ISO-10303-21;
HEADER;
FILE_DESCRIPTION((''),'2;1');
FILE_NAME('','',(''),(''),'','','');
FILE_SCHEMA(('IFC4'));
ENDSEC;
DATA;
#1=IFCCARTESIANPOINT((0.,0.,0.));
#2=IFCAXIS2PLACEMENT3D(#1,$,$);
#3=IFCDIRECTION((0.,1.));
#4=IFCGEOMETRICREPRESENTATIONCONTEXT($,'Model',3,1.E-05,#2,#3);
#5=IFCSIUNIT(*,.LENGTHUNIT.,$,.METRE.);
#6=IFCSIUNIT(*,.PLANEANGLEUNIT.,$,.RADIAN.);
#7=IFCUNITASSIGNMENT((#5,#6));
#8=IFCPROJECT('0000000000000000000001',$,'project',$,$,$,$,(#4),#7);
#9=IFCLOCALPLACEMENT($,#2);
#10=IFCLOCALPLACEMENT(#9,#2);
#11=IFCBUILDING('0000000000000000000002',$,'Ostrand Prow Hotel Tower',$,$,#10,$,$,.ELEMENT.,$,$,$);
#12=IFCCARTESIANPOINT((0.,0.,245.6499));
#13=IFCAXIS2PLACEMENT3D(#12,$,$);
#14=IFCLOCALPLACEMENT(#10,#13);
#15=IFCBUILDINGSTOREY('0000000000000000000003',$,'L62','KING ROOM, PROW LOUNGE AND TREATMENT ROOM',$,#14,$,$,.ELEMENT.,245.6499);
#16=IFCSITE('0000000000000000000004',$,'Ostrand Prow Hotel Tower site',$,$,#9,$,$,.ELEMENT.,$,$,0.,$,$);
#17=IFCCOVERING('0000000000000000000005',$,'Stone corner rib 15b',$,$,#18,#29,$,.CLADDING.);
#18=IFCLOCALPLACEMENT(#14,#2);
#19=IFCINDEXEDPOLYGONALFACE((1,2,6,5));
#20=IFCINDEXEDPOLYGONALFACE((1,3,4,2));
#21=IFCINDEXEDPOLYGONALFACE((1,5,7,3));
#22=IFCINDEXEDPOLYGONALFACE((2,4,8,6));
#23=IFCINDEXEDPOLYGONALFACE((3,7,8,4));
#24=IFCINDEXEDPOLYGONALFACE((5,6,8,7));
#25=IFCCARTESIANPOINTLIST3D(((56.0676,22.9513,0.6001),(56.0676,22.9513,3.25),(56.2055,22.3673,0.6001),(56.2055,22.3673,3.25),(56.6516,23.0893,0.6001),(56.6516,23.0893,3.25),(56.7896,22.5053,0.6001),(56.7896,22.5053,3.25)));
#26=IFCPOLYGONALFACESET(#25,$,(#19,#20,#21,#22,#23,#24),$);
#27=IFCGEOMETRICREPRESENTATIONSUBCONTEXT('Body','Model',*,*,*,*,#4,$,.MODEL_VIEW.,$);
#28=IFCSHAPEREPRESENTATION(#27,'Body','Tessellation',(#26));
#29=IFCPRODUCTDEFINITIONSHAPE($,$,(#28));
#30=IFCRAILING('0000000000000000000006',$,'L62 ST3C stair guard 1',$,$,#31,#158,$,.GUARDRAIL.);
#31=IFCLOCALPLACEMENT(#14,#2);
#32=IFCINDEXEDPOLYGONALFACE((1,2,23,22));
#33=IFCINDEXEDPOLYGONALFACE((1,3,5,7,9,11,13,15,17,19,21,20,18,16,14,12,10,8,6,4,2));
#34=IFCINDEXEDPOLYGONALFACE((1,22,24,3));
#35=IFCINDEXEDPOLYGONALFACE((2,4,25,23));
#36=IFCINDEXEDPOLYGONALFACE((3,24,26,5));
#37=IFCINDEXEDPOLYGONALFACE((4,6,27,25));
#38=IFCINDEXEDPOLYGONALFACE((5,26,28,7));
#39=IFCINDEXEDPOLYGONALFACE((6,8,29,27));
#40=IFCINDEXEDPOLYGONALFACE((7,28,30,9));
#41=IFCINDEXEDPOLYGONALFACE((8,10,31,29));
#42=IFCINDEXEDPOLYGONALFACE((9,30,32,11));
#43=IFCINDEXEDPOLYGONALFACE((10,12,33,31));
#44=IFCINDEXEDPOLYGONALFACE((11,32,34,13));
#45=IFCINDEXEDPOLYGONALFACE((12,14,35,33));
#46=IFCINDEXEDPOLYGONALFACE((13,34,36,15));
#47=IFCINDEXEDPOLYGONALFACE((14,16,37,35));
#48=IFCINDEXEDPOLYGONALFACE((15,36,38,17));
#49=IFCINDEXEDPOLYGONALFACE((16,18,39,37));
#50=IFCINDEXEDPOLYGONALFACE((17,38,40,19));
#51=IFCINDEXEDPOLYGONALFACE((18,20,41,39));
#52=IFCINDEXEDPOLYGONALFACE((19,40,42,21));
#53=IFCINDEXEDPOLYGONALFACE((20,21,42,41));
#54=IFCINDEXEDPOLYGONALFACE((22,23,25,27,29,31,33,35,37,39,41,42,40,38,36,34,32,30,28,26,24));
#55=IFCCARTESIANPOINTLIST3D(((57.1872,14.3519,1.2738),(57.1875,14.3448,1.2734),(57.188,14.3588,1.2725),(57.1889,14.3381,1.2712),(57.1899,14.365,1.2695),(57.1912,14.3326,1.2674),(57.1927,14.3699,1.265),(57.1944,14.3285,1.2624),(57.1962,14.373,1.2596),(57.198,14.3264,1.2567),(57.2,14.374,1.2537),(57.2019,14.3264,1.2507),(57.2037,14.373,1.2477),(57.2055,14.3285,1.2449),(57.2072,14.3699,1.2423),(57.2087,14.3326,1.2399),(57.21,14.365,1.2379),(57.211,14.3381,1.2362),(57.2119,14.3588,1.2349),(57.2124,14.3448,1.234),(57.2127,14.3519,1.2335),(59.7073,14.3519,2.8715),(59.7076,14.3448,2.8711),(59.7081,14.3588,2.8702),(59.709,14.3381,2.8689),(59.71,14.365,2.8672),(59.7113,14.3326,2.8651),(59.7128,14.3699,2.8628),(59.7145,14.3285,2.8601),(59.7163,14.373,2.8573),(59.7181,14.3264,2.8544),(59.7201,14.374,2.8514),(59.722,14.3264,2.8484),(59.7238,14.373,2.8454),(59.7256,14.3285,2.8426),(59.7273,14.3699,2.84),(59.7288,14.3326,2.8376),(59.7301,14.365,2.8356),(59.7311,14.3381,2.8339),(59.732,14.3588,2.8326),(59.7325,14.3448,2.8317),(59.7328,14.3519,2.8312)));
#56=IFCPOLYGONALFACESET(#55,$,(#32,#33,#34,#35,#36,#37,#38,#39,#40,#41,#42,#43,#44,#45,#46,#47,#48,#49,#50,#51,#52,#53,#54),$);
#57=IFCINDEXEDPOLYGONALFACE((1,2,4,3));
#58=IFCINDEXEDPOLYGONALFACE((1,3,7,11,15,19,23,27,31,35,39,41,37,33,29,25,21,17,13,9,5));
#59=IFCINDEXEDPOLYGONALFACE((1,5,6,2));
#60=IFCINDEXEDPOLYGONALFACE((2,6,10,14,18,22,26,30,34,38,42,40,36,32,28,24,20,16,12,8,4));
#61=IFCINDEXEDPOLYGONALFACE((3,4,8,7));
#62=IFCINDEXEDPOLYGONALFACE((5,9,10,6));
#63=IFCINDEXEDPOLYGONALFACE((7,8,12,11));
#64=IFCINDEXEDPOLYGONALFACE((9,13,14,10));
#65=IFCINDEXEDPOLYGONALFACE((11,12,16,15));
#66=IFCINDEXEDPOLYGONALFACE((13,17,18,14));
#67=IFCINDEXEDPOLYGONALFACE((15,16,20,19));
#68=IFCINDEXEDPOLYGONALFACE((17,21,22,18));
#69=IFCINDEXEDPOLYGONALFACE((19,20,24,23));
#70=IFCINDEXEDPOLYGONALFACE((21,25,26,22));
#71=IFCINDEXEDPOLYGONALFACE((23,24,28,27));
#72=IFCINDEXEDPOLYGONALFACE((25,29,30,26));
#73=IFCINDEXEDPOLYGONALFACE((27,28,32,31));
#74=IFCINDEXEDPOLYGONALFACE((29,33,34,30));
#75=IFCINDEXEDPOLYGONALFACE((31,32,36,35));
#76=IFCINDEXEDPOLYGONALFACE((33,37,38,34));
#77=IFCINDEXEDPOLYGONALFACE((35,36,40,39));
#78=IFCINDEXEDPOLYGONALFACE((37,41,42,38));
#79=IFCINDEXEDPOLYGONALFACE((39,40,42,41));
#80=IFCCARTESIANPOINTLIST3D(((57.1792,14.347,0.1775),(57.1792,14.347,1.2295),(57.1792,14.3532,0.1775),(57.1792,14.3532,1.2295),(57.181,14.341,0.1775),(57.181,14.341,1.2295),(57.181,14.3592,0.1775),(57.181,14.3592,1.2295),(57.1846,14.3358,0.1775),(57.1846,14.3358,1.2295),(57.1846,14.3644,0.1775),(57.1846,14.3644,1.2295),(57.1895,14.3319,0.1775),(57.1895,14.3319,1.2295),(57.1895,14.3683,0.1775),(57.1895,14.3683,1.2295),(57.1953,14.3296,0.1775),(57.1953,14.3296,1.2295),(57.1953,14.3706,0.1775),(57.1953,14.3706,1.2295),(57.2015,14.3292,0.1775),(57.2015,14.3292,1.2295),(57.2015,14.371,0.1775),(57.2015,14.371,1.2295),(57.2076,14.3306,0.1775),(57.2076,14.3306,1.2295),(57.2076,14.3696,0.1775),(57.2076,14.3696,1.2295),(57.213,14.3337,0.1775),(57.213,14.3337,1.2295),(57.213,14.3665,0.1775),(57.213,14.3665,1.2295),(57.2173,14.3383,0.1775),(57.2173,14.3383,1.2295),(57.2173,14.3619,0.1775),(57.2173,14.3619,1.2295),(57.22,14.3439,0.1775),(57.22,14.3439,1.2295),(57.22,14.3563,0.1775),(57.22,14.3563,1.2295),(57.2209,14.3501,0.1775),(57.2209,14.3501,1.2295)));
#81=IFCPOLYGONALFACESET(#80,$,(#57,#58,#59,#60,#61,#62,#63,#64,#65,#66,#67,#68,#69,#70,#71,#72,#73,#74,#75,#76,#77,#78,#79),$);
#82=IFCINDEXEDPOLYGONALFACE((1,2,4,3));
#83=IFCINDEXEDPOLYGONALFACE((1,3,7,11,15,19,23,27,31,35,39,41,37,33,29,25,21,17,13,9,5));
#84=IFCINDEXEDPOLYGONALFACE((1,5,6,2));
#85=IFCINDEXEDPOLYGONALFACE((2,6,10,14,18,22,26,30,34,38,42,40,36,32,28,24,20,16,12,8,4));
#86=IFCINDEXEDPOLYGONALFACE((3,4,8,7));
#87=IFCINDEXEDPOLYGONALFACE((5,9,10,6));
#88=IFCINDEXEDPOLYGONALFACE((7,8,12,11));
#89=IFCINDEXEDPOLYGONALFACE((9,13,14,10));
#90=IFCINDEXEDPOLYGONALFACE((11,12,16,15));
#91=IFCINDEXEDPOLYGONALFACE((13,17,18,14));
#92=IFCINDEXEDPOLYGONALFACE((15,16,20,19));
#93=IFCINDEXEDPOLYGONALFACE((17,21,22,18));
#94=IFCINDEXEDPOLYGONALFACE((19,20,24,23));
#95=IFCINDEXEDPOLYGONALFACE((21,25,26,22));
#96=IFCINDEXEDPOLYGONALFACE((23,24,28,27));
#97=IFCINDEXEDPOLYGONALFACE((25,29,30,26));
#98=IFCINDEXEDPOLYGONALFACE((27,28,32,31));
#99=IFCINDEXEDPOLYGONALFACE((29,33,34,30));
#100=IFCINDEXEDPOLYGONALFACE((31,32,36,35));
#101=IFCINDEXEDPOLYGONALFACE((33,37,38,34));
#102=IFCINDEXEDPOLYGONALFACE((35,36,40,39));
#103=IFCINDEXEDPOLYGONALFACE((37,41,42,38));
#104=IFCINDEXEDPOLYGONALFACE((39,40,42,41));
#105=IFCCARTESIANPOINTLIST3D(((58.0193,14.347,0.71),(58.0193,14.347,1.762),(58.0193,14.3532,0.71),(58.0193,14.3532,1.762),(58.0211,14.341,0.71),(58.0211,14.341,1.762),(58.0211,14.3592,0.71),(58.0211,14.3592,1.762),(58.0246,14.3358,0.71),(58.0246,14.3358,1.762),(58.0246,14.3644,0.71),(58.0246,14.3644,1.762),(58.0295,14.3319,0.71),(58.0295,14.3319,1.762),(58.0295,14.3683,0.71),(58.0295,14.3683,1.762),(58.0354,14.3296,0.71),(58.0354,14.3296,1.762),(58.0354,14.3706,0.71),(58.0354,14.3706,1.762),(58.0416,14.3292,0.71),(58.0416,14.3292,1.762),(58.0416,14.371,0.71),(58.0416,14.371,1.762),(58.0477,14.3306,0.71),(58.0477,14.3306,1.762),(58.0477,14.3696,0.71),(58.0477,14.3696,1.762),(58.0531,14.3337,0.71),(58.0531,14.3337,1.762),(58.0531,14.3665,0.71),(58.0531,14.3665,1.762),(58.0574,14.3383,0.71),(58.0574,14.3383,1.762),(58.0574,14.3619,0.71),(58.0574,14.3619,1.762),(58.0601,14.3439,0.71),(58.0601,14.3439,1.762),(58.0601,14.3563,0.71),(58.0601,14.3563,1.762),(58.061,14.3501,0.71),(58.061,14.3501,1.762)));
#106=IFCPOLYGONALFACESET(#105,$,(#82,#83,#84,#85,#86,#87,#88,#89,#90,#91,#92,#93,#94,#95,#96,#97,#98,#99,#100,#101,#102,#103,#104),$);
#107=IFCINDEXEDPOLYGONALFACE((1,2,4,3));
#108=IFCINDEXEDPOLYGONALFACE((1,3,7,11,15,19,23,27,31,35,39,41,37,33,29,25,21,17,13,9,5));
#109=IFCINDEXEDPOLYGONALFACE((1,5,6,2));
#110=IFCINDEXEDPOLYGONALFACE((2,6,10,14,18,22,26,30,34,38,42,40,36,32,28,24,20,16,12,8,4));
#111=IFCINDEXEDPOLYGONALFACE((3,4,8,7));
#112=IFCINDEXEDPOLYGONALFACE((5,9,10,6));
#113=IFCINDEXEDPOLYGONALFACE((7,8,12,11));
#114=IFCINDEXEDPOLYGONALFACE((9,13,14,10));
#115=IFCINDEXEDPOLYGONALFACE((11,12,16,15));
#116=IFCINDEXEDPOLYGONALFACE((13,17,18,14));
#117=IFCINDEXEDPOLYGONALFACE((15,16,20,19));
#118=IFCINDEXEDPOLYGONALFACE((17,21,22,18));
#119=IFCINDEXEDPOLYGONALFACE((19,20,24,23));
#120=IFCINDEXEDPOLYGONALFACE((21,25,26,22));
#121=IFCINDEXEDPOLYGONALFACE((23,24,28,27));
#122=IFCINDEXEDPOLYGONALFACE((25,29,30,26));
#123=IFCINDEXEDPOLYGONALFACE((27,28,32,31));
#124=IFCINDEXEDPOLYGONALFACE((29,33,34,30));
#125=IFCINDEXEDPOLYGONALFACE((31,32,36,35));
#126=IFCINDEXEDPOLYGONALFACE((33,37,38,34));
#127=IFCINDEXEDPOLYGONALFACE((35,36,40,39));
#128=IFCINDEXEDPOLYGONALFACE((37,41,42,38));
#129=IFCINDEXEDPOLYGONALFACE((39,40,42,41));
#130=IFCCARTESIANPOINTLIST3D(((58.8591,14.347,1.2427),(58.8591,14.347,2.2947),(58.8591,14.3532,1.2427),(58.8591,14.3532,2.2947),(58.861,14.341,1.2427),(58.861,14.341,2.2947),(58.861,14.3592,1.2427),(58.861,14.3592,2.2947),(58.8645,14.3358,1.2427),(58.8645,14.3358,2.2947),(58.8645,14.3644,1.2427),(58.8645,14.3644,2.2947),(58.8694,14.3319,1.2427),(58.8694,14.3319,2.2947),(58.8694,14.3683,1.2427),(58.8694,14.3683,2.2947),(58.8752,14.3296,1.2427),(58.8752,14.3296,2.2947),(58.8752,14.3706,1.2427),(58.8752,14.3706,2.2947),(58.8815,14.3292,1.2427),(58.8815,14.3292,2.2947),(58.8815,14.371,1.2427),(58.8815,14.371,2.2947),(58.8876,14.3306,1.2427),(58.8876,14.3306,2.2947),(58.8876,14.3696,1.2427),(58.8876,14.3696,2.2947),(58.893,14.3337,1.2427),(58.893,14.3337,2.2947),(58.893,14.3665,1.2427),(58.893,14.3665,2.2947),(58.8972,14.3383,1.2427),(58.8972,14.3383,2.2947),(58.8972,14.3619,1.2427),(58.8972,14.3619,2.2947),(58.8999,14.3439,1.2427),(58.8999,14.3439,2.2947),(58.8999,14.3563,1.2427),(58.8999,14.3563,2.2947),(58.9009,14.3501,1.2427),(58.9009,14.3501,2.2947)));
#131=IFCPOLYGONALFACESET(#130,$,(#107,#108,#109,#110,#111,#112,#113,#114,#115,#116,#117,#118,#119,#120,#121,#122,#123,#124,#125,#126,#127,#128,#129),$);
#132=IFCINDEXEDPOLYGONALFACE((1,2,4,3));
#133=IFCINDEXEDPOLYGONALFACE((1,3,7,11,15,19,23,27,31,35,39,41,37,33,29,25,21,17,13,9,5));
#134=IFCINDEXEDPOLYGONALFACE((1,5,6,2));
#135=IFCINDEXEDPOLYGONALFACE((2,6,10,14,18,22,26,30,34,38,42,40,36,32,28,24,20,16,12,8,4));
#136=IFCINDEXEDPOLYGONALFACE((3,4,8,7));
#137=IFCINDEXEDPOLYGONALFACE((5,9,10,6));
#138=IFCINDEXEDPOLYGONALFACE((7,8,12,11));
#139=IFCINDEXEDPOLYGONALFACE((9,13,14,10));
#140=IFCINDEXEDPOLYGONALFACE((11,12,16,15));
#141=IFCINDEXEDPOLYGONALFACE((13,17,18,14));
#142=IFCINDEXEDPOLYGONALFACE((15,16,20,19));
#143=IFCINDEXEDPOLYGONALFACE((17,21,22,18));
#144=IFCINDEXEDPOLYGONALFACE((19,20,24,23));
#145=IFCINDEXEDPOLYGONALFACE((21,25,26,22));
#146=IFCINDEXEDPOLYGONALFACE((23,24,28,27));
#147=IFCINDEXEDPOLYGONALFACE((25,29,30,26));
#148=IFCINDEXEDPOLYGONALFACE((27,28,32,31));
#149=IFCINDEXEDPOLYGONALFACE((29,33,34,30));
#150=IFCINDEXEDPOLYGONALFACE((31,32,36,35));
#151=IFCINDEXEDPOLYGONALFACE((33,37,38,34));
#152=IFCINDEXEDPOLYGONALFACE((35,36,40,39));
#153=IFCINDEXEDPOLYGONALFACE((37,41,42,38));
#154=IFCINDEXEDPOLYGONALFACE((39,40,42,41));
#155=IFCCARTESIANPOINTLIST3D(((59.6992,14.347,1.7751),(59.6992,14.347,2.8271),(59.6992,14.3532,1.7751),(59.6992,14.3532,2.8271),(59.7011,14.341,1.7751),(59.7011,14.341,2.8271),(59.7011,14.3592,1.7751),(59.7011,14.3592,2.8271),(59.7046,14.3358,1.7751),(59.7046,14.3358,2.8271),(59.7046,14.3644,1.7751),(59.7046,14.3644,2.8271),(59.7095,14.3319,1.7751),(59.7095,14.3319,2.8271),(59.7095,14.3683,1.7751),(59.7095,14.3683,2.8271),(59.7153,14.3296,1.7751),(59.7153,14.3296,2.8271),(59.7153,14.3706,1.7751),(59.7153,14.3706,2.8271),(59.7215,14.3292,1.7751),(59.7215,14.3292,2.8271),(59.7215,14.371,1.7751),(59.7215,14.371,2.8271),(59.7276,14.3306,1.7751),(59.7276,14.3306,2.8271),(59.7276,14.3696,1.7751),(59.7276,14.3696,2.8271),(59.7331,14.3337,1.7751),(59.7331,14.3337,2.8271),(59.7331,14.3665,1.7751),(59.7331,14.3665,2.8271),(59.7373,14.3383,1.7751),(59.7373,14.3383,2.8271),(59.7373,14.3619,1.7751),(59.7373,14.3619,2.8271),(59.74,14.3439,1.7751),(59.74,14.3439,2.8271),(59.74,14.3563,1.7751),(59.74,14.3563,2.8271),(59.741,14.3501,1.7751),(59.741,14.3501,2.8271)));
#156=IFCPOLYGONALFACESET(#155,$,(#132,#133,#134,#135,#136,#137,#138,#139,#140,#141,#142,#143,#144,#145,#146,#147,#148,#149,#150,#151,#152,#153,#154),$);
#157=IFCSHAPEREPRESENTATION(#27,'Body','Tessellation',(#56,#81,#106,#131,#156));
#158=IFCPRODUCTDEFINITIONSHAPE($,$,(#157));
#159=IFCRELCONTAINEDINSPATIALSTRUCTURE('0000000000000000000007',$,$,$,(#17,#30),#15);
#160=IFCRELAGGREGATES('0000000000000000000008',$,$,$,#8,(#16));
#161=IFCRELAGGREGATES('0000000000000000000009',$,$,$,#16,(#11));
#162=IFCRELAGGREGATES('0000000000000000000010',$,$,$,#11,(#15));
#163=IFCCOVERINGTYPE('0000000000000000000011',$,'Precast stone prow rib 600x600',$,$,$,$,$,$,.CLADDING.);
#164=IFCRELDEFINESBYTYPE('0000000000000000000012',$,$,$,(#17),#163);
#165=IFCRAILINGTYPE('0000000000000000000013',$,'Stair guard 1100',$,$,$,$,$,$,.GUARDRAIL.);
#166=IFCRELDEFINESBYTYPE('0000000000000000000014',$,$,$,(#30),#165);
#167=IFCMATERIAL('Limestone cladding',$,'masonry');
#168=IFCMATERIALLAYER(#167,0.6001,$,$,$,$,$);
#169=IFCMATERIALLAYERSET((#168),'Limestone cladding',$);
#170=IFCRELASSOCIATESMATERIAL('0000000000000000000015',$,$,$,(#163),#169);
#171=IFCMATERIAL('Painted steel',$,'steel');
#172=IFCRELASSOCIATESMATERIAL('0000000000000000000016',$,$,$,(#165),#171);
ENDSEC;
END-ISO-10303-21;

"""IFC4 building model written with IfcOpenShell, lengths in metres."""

from ifc_helpers import new_model, si_unit, direction, frame, frame_2d, origin, origin_2d, place, context, subcontext, project, spatial, rectangle, circle, extrude, material, layer, layer_set, type_object, element, save


model = new_model("IFC4")

# Units and contexts
model_context = context("Model", 3, precision=1e-05, world=origin(), true_north=direction((0.0, 1.0)))
body_context = subcontext(model_context, "Body", "Model", "MODEL_VIEW")
ifc_project = project(units=[si_unit("LENGTHUNIT", "METRE"), si_unit("PLANEANGLEUNIT", "RADIAN")], contexts=[model_context])

# Site, building, storey
site_placement = place(None, origin())
site = spatial("IfcSite", under=ifc_project, at=site_placement, Name="Ostrand Prow Hotel Tower site", CompositionType="ELEMENT", RefElevation=0.0)
building_placement = place(site_placement, origin())
building = spatial("IfcBuilding", under=site, at=building_placement, Name="Ostrand Prow Hotel Tower", CompositionType="ELEMENT")
storey_placement = place(building_placement, frame((0.0, 0.0, 245.6499)))
storey = spatial("IfcBuildingStorey", under=building, at=storey_placement, Name="L62", Description="KING ROOM, PROW LOUNGE AND TREATMENT ROOM", CompositionType="ELEMENT", Elevation=245.6499)

# Covering
ifc_material_1 = material(Name="Limestone cladding", Category="masonry")
ifc_layer_1 = layer(ifc_material_1, 0.6001)
ifc_layer_set_1 = layer_set([ifc_layer_1], Name="Limestone cladding")
covering_type = type_object("IfcCoveringType", Name="Precast stone prow rib 600x600", PredefinedType="CLADDING", material=ifc_layer_set_1)
for number, where, z_axis, x_axis, name in (
    (1, (56.4976, 22.4363, 0.6001), (0.0, 0.0, 1.0), (-0.229878, 0.973219, 0.0), "Stone corner rib 15b"),
):
    element("IfcCovering", number, at=place(storey_placement, frame(where, z_axis=z_axis, x_axis=x_axis)), inside=storey, type_object=covering_type, Name=name, PredefinedType="CLADDING", context=body_context, shape_type="SweptSolid", body=[
        extrude(rectangle(XDim=0.6001, YDim=0.6001, at=frame_2d((0.3, 0.0))), origin(), (0.0, 0.0, 1.0), 2.6499),
    ])

# Railing
ifc_material_2 = material(Name="Painted steel", Category="steel")
railing_type_1 = type_object("IfcRailingType", Name="Stair guard 1100", PredefinedType="GUARDRAIL", material=ifc_material_2)
railing_1_placement = place(storey_placement, frame((57.2, 14.3501, 0.1775)))
element("IfcRailing", 2, at=railing_1_placement, inside=storey, type_object=railing_type_1, Name="L62 ST3C stair guard 1", PredefinedType="GUARDRAIL", context=body_context, shape_type="SweptSolid", body=[
    extrude(circle(Radius=0.0239, at=origin_2d()), frame((0.0, 0.0, 1.0762), z_axis=(0.84457, 0.0, 0.535445), x_axis=(0.0, 1.0, 0.0)), (0.0, 0.0, 1.0), 2.9839),
    extrude(circle(Radius=0.021, at=origin_2d()), origin(), (0.0, 0.0, 1.0), 1.052),
    extrude(circle(Radius=0.021, at=origin_2d()), frame((0.8401, 0.0, 0.5325)), (0.0, 0.0, 1.0), 1.052),
    extrude(circle(Radius=0.021, at=origin_2d()), frame((1.6799, 0.0, 1.0652)), (0.0, 0.0, 1.0), 1.052),
    extrude(circle(Radius=0.021, at=origin_2d()), frame((2.52, 0.0, 1.5977)), (0.0, 0.0, 1.0), 1.052),
])

save(model, "model.ifc")
